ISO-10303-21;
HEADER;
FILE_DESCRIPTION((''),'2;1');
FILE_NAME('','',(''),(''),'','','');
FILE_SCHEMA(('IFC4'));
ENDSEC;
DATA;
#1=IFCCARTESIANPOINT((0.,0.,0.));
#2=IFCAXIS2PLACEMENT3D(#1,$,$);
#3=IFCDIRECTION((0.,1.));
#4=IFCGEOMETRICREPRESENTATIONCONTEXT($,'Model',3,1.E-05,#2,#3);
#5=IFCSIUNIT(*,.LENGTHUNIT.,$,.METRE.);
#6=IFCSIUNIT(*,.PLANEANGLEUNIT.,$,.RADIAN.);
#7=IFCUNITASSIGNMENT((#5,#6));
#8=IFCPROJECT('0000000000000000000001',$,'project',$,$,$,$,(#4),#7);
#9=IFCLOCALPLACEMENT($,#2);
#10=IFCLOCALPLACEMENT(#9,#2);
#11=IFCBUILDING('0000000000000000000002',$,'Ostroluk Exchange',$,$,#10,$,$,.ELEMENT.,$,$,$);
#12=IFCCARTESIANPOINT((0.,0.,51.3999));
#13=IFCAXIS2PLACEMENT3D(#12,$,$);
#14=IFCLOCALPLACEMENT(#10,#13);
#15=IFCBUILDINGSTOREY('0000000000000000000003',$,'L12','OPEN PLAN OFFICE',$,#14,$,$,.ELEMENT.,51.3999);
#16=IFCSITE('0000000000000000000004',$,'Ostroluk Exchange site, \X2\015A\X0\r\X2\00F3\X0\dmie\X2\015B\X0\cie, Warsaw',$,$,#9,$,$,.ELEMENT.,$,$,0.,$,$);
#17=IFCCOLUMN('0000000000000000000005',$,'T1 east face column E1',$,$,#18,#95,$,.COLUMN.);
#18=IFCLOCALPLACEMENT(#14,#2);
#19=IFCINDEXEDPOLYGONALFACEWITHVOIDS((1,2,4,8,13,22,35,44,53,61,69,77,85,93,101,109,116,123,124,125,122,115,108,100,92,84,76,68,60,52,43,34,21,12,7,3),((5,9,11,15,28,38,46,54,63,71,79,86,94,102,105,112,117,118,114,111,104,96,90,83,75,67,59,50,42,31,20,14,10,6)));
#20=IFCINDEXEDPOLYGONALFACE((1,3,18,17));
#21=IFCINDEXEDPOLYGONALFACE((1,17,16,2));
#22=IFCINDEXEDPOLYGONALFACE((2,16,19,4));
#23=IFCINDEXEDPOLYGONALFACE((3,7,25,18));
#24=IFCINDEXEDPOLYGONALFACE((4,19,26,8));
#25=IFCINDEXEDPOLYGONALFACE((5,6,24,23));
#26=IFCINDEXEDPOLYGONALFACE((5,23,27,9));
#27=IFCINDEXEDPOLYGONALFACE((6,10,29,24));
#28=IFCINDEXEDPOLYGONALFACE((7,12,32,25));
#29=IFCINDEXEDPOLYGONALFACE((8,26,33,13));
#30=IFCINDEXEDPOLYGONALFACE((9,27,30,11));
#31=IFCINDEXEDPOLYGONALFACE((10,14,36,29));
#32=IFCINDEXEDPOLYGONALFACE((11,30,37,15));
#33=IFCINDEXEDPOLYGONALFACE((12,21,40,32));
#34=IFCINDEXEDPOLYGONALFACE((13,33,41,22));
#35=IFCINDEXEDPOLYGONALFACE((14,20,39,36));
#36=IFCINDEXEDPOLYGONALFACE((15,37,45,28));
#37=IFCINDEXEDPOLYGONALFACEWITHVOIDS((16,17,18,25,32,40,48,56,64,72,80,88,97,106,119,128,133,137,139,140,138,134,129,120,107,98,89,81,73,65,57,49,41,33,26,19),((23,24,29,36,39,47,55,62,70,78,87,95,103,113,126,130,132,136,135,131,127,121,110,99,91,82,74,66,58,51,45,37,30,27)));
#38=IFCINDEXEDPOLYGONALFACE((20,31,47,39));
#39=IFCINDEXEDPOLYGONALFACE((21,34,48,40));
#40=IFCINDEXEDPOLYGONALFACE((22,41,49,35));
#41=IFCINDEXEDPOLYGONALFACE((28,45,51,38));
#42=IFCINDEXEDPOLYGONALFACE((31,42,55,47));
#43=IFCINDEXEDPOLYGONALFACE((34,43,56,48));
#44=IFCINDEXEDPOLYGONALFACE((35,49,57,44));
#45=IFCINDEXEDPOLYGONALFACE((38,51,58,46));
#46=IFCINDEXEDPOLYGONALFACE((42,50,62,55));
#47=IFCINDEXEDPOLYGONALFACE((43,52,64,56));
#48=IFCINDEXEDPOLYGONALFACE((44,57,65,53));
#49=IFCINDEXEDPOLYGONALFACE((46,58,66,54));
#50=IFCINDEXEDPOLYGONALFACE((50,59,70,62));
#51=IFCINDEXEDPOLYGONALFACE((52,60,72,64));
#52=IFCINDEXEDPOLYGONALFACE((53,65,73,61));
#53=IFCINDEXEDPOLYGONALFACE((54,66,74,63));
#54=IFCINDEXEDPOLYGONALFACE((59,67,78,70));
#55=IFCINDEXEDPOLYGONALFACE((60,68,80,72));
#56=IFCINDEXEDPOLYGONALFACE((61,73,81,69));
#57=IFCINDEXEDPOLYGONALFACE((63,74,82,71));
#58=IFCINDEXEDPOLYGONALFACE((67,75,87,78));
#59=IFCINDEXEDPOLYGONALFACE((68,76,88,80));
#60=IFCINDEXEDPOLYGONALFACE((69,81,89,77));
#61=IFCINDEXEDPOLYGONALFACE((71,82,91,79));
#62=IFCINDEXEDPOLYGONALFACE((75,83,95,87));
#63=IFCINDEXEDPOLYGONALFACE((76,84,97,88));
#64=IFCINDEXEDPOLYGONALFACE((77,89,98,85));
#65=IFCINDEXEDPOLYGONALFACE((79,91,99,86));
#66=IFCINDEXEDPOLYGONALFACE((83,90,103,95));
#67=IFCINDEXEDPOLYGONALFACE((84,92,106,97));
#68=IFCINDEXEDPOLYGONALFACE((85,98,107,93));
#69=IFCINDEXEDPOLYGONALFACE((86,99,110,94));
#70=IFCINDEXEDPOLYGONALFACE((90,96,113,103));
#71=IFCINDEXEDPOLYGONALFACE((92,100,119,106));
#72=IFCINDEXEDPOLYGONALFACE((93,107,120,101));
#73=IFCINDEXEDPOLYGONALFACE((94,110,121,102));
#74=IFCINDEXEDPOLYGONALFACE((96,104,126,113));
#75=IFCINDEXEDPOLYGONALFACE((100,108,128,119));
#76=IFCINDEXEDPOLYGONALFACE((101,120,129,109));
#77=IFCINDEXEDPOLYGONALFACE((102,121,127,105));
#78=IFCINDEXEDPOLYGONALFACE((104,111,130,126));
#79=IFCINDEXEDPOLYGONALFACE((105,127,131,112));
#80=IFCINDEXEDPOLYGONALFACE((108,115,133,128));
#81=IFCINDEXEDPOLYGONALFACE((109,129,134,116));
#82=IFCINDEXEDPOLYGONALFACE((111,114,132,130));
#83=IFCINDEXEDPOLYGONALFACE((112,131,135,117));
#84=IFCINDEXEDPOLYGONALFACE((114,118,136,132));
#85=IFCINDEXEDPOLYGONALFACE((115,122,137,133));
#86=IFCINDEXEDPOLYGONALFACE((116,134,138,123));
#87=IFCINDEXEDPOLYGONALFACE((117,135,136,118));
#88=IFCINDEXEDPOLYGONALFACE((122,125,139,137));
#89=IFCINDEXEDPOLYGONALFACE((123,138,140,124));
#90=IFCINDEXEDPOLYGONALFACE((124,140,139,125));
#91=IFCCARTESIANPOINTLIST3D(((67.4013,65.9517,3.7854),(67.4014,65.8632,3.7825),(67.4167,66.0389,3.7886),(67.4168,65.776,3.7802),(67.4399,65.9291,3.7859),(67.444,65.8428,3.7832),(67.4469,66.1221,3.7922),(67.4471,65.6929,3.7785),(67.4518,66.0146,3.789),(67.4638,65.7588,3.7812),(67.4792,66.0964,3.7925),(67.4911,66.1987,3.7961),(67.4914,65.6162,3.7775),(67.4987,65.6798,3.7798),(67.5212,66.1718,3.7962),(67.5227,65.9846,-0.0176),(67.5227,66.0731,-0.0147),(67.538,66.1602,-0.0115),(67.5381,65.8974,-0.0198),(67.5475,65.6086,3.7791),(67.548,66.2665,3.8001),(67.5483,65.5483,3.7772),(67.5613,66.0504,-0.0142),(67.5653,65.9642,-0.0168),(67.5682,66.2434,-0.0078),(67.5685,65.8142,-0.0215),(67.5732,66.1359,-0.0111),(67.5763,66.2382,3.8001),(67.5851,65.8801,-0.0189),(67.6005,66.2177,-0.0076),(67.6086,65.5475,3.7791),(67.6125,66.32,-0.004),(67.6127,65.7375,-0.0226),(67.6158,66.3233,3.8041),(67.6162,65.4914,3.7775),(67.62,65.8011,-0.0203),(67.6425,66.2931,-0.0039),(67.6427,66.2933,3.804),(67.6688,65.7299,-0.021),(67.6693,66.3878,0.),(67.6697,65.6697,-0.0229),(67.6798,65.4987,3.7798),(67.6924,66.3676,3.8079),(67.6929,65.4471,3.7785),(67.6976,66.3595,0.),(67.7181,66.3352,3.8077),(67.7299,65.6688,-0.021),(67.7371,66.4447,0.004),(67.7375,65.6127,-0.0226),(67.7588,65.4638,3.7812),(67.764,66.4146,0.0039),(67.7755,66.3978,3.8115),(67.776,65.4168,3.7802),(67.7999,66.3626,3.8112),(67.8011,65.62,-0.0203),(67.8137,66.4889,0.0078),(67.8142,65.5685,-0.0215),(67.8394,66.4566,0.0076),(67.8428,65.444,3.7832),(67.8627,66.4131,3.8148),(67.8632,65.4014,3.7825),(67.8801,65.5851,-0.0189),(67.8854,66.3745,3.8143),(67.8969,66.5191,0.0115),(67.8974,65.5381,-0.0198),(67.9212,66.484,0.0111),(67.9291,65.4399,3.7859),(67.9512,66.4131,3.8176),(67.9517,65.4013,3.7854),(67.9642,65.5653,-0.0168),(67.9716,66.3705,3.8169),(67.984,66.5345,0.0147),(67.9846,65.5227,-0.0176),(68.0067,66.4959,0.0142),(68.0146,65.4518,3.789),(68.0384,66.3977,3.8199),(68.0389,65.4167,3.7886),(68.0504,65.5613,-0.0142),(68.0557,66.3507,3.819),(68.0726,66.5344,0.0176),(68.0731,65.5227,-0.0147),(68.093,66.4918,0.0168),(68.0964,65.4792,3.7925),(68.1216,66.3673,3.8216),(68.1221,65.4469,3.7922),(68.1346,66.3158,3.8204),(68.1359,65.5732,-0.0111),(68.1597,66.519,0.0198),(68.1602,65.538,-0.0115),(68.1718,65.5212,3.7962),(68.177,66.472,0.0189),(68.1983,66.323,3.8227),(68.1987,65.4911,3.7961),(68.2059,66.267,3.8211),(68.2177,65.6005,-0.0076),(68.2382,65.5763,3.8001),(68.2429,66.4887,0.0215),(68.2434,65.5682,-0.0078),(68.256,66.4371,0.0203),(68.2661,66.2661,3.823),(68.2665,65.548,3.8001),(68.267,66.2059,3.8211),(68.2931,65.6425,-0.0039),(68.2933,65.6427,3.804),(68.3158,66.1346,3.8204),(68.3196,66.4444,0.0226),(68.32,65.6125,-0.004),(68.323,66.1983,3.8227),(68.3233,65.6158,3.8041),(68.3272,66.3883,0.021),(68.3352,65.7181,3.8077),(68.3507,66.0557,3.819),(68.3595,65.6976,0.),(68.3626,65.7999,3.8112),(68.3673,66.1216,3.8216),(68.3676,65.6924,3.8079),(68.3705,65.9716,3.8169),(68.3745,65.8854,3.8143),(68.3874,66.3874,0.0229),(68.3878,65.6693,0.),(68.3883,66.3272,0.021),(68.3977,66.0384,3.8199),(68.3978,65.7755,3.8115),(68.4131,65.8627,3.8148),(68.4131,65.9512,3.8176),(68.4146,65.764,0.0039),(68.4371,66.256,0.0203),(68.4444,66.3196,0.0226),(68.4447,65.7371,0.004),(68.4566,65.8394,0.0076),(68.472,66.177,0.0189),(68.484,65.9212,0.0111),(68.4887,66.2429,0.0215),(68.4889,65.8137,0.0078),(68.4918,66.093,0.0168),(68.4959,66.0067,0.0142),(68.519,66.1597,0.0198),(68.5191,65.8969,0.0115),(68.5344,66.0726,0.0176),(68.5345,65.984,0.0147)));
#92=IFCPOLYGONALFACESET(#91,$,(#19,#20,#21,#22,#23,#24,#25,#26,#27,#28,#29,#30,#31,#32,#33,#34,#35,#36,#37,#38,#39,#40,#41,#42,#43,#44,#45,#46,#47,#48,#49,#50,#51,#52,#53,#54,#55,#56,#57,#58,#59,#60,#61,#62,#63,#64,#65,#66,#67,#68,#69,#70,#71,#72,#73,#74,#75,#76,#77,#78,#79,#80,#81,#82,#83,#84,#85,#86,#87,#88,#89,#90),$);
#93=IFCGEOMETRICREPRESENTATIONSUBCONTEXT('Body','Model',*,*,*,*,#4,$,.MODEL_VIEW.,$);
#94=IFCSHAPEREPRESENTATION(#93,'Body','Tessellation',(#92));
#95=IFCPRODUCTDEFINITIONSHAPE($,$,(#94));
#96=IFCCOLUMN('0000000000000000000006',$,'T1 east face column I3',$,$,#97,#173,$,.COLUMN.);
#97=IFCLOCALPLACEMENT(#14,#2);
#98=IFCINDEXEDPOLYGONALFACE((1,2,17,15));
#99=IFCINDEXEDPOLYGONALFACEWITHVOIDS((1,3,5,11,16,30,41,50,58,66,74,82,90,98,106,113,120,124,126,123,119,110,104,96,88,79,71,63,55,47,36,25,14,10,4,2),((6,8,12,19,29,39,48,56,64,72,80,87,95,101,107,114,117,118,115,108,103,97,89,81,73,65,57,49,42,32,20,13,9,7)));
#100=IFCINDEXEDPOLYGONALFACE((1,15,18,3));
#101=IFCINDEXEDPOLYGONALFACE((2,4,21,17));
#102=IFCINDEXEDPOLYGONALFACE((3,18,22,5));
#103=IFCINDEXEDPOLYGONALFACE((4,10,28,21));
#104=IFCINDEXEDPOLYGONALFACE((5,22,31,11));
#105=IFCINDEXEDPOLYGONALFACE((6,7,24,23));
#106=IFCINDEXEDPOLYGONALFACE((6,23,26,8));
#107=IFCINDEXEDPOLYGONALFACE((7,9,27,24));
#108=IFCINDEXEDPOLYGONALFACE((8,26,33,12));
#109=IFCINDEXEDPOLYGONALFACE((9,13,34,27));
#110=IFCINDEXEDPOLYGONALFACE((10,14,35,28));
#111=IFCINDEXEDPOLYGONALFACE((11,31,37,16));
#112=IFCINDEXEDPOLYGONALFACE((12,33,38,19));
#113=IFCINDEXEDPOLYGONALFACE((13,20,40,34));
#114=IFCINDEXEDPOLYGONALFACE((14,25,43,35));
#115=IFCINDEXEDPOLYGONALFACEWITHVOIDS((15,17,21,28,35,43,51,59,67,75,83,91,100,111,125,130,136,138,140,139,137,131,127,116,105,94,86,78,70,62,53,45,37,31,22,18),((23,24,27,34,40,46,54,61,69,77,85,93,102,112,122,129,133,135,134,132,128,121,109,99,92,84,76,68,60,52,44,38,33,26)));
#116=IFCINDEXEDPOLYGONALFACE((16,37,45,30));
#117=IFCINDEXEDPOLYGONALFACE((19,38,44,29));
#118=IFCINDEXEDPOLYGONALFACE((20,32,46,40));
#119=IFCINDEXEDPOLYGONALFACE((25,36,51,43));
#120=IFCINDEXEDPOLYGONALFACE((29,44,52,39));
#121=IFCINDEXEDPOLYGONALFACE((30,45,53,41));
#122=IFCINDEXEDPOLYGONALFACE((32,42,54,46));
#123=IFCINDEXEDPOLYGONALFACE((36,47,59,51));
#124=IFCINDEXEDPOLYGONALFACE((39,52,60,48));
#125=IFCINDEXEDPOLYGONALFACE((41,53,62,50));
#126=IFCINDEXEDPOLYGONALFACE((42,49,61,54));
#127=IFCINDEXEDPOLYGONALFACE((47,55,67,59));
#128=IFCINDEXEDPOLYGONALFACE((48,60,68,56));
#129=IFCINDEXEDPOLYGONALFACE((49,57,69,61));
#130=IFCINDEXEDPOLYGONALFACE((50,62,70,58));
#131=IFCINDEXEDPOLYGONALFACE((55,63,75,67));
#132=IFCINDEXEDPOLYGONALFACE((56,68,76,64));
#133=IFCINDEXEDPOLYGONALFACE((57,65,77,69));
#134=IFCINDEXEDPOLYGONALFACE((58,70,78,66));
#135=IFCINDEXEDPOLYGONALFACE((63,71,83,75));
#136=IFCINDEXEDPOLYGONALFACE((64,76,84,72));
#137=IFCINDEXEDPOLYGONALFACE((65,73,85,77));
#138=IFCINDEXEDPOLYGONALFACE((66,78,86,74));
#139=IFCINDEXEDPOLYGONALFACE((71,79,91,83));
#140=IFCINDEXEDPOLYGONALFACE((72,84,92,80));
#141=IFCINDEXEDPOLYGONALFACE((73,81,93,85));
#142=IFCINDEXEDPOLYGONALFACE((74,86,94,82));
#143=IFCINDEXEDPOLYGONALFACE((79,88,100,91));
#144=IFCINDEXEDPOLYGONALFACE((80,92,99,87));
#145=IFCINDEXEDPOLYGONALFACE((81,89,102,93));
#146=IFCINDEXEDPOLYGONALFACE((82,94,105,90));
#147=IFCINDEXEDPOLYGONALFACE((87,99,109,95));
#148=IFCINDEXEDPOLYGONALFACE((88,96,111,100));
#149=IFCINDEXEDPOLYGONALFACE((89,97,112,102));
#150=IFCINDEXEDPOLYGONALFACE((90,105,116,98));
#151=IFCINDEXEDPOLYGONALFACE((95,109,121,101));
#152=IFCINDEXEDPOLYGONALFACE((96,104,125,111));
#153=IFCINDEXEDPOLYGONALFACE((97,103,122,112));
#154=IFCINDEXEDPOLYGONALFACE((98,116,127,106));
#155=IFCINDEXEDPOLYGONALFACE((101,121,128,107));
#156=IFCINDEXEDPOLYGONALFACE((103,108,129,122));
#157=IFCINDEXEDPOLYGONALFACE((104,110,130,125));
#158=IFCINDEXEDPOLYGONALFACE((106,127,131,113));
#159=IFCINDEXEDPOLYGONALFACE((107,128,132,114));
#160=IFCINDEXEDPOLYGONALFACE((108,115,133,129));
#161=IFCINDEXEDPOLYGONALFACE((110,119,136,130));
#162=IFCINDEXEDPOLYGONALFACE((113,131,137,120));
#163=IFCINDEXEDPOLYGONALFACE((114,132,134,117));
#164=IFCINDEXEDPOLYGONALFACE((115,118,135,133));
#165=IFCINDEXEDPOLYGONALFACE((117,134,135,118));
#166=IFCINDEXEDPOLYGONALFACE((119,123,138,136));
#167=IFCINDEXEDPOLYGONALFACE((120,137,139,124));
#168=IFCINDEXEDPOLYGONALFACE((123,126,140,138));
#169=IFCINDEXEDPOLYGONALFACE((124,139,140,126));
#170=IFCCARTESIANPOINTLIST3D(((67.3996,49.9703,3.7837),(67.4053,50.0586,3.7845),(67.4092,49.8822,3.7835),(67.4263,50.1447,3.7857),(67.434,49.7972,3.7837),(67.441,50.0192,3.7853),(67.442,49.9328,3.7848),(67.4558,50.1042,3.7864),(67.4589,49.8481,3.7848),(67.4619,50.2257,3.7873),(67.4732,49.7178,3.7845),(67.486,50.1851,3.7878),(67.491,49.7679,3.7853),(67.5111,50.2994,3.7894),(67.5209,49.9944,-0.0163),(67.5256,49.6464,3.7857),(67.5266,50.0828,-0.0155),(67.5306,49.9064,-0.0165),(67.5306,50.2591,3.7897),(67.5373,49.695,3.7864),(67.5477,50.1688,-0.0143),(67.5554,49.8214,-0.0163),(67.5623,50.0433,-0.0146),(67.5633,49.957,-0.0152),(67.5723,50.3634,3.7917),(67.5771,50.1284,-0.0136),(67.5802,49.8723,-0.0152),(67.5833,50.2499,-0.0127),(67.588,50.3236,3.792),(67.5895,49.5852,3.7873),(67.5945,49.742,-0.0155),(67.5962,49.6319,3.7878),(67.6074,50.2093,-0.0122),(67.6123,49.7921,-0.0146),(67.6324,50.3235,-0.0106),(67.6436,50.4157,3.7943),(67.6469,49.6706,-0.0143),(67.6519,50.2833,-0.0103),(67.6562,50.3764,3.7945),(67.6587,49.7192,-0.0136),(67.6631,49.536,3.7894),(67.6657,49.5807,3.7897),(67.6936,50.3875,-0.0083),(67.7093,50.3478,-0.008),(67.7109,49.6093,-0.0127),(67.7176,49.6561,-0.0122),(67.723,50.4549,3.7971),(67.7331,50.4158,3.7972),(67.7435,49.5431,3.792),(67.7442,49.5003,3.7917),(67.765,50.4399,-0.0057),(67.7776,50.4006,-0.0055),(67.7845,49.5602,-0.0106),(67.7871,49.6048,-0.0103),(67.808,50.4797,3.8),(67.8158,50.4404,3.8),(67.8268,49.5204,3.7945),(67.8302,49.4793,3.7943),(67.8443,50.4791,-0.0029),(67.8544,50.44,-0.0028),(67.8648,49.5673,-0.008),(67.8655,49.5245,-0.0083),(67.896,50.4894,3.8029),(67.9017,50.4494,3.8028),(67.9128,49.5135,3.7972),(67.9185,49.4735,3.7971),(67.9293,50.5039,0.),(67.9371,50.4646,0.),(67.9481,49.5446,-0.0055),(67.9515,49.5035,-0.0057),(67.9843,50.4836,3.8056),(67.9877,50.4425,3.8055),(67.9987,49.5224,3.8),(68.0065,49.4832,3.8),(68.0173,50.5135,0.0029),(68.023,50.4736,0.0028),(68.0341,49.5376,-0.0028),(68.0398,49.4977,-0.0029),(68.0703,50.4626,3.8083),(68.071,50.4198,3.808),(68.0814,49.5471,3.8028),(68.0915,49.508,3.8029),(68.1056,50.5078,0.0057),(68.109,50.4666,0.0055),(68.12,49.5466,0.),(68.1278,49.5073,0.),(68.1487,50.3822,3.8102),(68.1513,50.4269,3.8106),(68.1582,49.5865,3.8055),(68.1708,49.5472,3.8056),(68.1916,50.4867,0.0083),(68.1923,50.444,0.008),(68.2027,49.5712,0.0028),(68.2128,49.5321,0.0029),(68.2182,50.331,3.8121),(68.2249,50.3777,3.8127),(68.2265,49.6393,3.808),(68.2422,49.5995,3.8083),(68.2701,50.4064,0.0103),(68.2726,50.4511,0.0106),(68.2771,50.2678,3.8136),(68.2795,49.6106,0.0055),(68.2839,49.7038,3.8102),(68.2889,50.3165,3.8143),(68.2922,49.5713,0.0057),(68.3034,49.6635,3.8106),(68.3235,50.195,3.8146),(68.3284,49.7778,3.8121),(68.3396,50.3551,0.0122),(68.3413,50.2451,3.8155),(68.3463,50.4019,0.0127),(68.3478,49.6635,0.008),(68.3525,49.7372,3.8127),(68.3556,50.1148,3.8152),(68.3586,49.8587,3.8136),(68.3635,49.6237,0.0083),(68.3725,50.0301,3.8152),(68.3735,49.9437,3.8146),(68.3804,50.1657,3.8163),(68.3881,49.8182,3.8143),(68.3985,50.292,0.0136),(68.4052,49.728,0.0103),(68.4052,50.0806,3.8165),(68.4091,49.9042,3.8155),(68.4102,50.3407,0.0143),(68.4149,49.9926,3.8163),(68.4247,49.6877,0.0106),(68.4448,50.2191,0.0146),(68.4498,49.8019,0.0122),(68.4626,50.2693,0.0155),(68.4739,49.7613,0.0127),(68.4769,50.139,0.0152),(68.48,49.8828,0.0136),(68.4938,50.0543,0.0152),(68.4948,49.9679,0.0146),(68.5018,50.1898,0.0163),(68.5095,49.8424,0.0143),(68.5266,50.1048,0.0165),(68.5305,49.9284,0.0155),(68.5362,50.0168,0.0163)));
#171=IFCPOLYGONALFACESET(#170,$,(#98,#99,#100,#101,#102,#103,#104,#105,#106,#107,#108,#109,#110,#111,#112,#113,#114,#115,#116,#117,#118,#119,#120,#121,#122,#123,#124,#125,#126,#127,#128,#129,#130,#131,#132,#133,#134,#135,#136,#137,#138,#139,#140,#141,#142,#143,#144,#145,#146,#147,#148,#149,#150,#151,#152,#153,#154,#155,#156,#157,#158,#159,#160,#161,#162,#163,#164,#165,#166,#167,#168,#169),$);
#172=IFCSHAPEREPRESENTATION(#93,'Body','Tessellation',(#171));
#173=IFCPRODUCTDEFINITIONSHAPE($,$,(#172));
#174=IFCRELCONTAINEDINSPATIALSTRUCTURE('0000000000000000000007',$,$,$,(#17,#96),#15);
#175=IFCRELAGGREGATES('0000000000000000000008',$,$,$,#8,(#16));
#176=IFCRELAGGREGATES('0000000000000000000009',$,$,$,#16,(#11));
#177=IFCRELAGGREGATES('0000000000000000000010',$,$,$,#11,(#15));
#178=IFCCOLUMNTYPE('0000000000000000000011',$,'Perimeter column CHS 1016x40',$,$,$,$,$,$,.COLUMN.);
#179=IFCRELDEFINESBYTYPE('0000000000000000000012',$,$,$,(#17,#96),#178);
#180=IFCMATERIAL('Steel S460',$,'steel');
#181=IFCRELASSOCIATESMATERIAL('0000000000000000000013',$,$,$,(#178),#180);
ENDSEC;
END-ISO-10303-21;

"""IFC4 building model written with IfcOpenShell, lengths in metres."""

from ifc_helpers import new_model, si_unit, direction, frame, origin, origin_2d, place, context, subcontext, project, spatial, hollow_circle, extrude, material, material_profile, profile_set, type_object, element, save


model = new_model("IFC4")

# Units and contexts
model_context = context("Model", 3, precision=1e-05, world=origin(), true_north=direction((0.0, 1.0)))
body_context = subcontext(model_context, "Body", "Model", "MODEL_VIEW")
ifc_project = project(units=[si_unit("LENGTHUNIT", "METRE"), si_unit("PLANEANGLEUNIT", "RADIAN")], contexts=[model_context])

# Site, building, storey
site_placement = place(None, origin())
site = spatial("IfcSite", under=ifc_project, at=site_placement, Name="Ostroluk Exchange site, Śródmieście, Warsaw", CompositionType="ELEMENT", RefElevation=0.0)
building_placement = place(site_placement, origin())
building = spatial("IfcBuilding", under=site, at=building_placement, Name="Ostroluk Exchange", CompositionType="ELEMENT")
storey_placement = place(building_placement, frame((0.0, 0.0, 51.3999)))
storey = spatial("IfcBuildingStorey", under=building, at=storey_placement, Name="L12", Description="OPEN PLAN OFFICE", CompositionType="ELEMENT", Elevation=51.3999)

# Columns
ifc_material_1 = material(Name="Steel S460", Category="steel")
ifc_material_profile_1 = material_profile(ifc_material_1, hollow_circle(Radius=0.5081, WallThickness=0.04, at=origin_2d()), Name="CHS 1016x40")
ifc_profile_set_1 = profile_set([ifc_material_profile_1], Name="Steel S460")
column_type_1 = type_object("IfcColumnType", Name="Perimeter column CHS 1016x40", PredefinedType="COLUMN", material=ifc_profile_set_1)
column_1_placement = place(storey_placement, frame((68.0286, 66.0286, 0.0), z_axis=(-0.031898, -0.031898, 0.998982), x_axis=(0.707107, -0.707107, 0.0)))
element("IfcColumn", 1, at=column_1_placement, inside=storey, type_object=column_type_1, Name="T1 east face column E1", PredefinedType="COLUMN", context=body_context, shape_type="SweptSolid", body=[
    extrude(hollow_circle(Radius=0.5081, WallThickness=0.04, at=origin_2d()), origin(), (0.0, 0.0, 1.0), 3.804),
])
column_2_placement = place(storey_placement, frame((68.0286, 50.0056, 0.0), z_axis=(-0.031914, -0.006357, 0.99947), x_axis=(0.195357, -0.980732, 0.0)))
element("IfcColumn", 2, at=column_2_placement, inside=storey, type_object=column_type_1, Name="T1 east face column I3", PredefinedType="COLUMN", context=body_context, shape_type="SweptSolid", body=[
    extrude(hollow_circle(Radius=0.5081, WallThickness=0.04, at=origin_2d()), origin(), (0.0, 0.0, 1.0), 3.802),
])

save(model, "model.ifc")
